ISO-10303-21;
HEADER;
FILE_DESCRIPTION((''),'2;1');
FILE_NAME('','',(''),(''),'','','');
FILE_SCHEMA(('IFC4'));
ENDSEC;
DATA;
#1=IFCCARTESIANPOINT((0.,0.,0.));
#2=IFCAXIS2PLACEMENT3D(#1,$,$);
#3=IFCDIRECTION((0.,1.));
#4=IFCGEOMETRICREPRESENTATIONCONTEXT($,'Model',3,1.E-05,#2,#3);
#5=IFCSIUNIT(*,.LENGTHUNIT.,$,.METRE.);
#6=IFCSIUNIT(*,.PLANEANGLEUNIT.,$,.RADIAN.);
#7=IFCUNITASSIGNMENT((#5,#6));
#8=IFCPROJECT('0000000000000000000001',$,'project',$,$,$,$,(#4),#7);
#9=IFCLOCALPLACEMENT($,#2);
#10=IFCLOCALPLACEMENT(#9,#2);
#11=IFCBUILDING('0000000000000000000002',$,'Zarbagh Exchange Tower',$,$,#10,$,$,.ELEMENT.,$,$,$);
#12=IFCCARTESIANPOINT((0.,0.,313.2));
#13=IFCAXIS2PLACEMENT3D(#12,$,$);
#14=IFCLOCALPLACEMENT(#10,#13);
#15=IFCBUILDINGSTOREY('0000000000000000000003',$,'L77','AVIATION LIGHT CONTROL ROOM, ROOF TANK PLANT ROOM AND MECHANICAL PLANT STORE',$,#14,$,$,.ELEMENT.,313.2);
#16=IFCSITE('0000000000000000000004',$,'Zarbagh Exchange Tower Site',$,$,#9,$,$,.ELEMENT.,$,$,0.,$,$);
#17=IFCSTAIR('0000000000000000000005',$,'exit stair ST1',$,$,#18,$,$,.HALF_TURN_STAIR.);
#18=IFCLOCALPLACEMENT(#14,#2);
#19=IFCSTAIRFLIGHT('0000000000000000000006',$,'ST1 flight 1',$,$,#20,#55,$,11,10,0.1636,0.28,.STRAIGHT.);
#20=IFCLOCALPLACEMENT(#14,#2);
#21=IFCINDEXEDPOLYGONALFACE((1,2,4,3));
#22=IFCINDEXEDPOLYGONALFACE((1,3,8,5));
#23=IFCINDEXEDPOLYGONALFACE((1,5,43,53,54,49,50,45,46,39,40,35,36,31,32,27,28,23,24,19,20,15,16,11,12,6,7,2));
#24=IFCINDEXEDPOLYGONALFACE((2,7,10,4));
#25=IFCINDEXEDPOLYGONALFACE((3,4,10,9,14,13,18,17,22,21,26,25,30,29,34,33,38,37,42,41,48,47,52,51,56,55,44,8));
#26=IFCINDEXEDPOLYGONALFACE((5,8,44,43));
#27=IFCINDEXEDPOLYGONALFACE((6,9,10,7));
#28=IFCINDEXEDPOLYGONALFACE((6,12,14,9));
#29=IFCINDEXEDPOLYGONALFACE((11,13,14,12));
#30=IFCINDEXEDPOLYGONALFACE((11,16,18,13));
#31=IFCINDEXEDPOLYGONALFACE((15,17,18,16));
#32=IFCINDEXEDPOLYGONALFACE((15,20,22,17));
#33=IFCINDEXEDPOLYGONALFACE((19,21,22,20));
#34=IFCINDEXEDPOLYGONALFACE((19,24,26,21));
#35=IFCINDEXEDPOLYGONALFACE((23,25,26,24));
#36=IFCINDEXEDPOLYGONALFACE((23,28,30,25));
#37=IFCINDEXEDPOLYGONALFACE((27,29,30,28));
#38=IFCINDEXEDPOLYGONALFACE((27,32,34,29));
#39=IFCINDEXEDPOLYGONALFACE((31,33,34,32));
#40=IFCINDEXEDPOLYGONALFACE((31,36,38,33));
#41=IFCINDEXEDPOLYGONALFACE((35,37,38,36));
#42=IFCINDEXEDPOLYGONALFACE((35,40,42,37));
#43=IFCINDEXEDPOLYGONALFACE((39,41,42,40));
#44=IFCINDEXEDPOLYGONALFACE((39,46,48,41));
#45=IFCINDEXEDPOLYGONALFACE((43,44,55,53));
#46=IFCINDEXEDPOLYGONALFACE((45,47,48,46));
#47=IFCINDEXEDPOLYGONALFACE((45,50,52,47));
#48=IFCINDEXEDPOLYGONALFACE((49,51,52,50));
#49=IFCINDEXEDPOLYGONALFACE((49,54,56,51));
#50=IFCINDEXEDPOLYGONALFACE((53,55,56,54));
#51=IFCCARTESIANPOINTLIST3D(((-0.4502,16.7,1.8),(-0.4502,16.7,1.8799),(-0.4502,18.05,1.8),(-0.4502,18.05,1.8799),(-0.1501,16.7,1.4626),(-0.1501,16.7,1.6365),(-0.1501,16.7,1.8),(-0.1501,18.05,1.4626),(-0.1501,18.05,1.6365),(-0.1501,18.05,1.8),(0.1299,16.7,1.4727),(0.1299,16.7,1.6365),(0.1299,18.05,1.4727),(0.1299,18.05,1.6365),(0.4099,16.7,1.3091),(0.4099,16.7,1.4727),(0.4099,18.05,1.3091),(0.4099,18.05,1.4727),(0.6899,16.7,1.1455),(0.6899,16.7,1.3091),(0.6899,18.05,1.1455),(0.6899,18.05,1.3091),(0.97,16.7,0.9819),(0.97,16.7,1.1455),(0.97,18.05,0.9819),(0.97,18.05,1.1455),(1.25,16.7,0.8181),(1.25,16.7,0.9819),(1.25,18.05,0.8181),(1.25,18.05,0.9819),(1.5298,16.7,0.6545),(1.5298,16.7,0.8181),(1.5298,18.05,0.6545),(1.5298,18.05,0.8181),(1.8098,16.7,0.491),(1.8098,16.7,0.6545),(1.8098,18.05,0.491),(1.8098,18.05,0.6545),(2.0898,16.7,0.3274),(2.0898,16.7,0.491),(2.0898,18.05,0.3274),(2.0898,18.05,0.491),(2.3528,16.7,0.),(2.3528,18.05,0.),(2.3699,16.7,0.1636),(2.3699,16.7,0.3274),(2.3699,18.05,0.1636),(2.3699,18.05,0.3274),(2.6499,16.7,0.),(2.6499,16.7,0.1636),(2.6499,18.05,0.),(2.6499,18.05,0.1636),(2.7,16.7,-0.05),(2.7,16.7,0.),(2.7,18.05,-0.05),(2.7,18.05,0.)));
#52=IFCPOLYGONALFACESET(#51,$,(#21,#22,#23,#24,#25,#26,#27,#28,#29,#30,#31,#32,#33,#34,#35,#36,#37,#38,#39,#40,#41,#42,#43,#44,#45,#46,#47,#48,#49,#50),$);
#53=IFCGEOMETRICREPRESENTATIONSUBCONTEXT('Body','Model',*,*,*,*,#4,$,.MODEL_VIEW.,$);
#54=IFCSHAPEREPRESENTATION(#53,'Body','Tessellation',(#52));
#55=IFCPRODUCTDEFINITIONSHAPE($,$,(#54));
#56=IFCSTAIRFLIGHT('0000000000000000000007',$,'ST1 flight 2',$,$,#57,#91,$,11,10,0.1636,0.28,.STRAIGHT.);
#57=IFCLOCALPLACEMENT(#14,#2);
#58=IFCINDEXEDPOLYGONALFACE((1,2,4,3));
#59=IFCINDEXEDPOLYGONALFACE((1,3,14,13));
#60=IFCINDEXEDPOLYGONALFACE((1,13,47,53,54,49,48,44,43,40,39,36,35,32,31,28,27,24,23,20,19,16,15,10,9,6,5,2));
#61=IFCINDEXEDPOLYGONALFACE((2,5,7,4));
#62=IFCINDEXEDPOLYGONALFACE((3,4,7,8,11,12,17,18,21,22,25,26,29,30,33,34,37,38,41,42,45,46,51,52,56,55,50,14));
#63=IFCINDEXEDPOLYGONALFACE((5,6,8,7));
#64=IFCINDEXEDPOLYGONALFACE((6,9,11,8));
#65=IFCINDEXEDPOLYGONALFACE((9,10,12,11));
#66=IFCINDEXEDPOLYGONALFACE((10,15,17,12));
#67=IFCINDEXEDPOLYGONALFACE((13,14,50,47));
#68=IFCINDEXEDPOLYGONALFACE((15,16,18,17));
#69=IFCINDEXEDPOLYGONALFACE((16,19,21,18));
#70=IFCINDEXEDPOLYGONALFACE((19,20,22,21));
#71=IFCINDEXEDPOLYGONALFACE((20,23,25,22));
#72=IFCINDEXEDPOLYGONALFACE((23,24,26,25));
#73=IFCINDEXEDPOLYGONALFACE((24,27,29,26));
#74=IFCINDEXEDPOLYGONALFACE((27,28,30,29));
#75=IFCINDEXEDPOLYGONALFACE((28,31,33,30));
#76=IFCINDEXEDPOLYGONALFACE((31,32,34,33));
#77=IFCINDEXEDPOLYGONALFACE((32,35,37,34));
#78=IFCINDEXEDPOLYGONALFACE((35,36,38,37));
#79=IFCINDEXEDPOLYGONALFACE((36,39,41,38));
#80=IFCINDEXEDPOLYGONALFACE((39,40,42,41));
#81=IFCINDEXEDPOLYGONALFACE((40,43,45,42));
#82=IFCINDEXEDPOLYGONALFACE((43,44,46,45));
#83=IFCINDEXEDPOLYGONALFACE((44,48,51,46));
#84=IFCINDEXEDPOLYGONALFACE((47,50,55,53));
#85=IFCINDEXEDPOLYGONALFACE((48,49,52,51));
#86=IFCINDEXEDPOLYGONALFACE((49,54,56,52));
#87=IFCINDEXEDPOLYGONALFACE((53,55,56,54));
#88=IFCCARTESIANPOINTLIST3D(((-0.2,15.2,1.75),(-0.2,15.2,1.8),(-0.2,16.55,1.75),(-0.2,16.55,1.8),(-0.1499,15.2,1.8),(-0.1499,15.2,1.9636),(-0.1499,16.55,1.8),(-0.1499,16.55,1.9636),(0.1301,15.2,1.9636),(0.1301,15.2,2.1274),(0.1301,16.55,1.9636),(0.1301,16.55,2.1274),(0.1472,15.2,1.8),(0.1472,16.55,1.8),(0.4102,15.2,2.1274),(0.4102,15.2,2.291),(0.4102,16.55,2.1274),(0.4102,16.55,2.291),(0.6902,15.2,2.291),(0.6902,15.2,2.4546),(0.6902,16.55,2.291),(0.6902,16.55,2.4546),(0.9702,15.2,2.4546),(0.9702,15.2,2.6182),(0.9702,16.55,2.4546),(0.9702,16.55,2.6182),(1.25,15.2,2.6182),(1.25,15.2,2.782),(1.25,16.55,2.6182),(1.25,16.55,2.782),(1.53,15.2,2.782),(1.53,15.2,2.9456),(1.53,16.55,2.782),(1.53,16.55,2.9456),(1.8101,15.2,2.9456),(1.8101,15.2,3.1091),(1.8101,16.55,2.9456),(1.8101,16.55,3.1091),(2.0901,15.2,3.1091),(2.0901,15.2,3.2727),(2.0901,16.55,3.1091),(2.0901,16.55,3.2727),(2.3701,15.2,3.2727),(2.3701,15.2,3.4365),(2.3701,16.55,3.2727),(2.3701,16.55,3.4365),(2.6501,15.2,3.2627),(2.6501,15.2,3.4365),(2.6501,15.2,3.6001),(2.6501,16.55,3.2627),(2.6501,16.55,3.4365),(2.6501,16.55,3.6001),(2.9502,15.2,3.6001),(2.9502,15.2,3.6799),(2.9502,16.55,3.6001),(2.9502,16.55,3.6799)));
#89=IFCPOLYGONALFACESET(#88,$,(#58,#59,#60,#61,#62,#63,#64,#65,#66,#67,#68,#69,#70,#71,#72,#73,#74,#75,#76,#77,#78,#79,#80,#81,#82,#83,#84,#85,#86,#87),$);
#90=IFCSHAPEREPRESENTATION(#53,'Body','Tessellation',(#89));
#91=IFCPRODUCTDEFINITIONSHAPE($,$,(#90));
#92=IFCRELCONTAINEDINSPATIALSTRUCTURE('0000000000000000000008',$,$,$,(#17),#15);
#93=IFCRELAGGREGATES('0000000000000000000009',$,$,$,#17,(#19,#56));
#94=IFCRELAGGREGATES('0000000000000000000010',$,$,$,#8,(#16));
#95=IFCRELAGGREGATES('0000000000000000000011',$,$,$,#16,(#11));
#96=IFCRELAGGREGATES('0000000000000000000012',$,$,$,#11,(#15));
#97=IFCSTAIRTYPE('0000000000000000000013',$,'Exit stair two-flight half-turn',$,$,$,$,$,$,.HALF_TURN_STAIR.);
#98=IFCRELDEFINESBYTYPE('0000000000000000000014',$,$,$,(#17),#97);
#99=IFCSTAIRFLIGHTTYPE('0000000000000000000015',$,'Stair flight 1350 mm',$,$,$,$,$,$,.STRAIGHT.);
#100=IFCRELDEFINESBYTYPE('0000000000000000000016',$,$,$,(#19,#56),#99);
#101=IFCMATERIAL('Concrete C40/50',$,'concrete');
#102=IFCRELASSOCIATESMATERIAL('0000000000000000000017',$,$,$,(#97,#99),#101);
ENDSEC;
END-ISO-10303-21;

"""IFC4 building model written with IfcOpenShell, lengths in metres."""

from ifc_helpers import new_model, si_unit, direction, frame, origin, place, context, subcontext, project, spatial, polyline, outline, extrude, material, type_object, element, aggregate, save


model = new_model("IFC4")

# Units and contexts
model_context = context("Model", 3, precision=1e-05, world=origin(), true_north=direction((0.0, 1.0)))
body_context = subcontext(model_context, "Body", "Model", "MODEL_VIEW")
ifc_project = project(units=[si_unit("LENGTHUNIT", "METRE"), si_unit("PLANEANGLEUNIT", "RADIAN")], contexts=[model_context])

# Site, building, storey
site_placement = place(None, origin())
site = spatial("IfcSite", under=ifc_project, at=site_placement, Name="Zarbagh Exchange Tower Site", CompositionType="ELEMENT", RefElevation=0.0)
building_placement = place(site_placement, origin())
building = spatial("IfcBuilding", under=site, at=building_placement, Name="Zarbagh Exchange Tower", CompositionType="ELEMENT")
storey_placement = place(building_placement, frame((0.0, 0.0, 313.2)))
storey = spatial("IfcBuildingStorey", under=building, at=storey_placement, Name="L77", Description="AVIATION LIGHT CONTROL ROOM, ROOF TANK PLANT ROOM AND MECHANICAL PLANT STORE", CompositionType="ELEMENT", Elevation=313.2)

# Shared definitions
ifc_material_1 = material(Name="Concrete C40/50", Category="concrete")

# Stair, stair flights
stair_type = type_object("IfcStairType", Name="Exit stair two-flight half-turn", PredefinedType="HALF_TURN_STAIR", material=ifc_material_1)
stair_placement = place(storey_placement, origin())
stair = element("IfcStair", 1, at=stair_placement, inside=storey, type_object=stair_type, Name="exit stair ST1", PredefinedType="HALF_TURN_STAIR")
stair_flight_type = type_object("IfcStairFlightType", Name="Stair flight 1350 mm", PredefinedType="STRAIGHT", material=ifc_material_1)
stair_flight_1_placement = place(storey_placement, frame((2.6499, 17.375, 0.0), z_axis=(0.0, 0.0, 1.0), x_axis=(-1.0, 0.0, 0.0)))
stair_flight_1 = element("IfcStairFlight", 2, at=stair_flight_1_placement, type_object=stair_flight_type, Name="ST1 flight 1", NumberOfRisers=11, NumberOfTreads=10, PredefinedType="STRAIGHT", RiserHeight=0.1636, TreadLength=0.28, context=body_context, shape_type="SweptSolid", body=[
    extrude(outline(polyline([(-0.05, -0.05), (-0.05, 0.0), (0.0, 0.0), (0.0, 0.1636), (0.28, 0.1636), (0.28, 0.3274), (0.5601, 0.3274), (0.5601, 0.491), (0.8401, 0.491), (0.8401, 0.6545), (1.1201, 0.6545), (1.1201, 0.8181), (1.3999, 0.8181), (1.3999, 0.9819), (1.6799, 0.9819), (1.6799, 1.1455), (1.96, 1.1455), (1.96, 1.3091), (2.24, 1.3091), (2.24, 1.4727), (2.52, 1.4727), (2.52, 1.6365), (2.8, 1.6365), (2.8, 1.8), (3.1001, 1.8799), (3.1001, 1.8), (2.8, 1.4626), (0.2971, 0.0), (-0.05, -0.05)])), frame((0.0, 0.675, 0.0), z_axis=(0.0, -1.0, 0.0), x_axis=(1.0, 0.0, 0.0)), (0.0, 0.0, 1.0), 1.3501),
])
stair_flight_2_placement = place(storey_placement, frame((-0.1499, 15.875, 1.8), z_axis=(0.0, 0.0, 1.0), x_axis=(1.0, 0.0, 0.0)))
stair_flight_2 = element("IfcStairFlight", 3, at=stair_flight_2_placement, type_object=stair_flight_type, Name="ST1 flight 2", NumberOfRisers=11, NumberOfTreads=10, PredefinedType="STRAIGHT", RiserHeight=0.1636, TreadLength=0.28, context=body_context, shape_type="SweptSolid", body=[
    extrude(outline(polyline([(-0.05, -0.05), (-0.05, 0.0), (0.0, 0.0), (0.0, 0.1636), (0.28, 0.1636), (0.28, 0.3274), (0.5601, 0.3274), (0.5601, 0.491), (0.8401, 0.491), (0.8401, 0.6545), (1.1201, 0.6545), (1.1201, 0.8181), (1.3999, 0.8181), (1.3999, 0.9819), (1.6799, 0.9819), (1.6799, 1.1455), (1.96, 1.1455), (1.96, 1.3091), (2.24, 1.3091), (2.24, 1.4727), (2.52, 1.4727), (2.52, 1.6365), (2.8, 1.6365), (2.8, 1.8), (3.1001, 1.8799), (3.1001, 1.8), (2.8, 1.4626), (0.2971, 0.0), (-0.05, -0.05)])), frame((0.0, 0.675, 0.0), z_axis=(0.0, -1.0, 0.0), x_axis=(1.0, 0.0, 0.0)), (0.0, 0.0, 1.0), 1.3501),
])
aggregate(stair, [stair_flight_1, stair_flight_2])

save(model, "model.ifc")
